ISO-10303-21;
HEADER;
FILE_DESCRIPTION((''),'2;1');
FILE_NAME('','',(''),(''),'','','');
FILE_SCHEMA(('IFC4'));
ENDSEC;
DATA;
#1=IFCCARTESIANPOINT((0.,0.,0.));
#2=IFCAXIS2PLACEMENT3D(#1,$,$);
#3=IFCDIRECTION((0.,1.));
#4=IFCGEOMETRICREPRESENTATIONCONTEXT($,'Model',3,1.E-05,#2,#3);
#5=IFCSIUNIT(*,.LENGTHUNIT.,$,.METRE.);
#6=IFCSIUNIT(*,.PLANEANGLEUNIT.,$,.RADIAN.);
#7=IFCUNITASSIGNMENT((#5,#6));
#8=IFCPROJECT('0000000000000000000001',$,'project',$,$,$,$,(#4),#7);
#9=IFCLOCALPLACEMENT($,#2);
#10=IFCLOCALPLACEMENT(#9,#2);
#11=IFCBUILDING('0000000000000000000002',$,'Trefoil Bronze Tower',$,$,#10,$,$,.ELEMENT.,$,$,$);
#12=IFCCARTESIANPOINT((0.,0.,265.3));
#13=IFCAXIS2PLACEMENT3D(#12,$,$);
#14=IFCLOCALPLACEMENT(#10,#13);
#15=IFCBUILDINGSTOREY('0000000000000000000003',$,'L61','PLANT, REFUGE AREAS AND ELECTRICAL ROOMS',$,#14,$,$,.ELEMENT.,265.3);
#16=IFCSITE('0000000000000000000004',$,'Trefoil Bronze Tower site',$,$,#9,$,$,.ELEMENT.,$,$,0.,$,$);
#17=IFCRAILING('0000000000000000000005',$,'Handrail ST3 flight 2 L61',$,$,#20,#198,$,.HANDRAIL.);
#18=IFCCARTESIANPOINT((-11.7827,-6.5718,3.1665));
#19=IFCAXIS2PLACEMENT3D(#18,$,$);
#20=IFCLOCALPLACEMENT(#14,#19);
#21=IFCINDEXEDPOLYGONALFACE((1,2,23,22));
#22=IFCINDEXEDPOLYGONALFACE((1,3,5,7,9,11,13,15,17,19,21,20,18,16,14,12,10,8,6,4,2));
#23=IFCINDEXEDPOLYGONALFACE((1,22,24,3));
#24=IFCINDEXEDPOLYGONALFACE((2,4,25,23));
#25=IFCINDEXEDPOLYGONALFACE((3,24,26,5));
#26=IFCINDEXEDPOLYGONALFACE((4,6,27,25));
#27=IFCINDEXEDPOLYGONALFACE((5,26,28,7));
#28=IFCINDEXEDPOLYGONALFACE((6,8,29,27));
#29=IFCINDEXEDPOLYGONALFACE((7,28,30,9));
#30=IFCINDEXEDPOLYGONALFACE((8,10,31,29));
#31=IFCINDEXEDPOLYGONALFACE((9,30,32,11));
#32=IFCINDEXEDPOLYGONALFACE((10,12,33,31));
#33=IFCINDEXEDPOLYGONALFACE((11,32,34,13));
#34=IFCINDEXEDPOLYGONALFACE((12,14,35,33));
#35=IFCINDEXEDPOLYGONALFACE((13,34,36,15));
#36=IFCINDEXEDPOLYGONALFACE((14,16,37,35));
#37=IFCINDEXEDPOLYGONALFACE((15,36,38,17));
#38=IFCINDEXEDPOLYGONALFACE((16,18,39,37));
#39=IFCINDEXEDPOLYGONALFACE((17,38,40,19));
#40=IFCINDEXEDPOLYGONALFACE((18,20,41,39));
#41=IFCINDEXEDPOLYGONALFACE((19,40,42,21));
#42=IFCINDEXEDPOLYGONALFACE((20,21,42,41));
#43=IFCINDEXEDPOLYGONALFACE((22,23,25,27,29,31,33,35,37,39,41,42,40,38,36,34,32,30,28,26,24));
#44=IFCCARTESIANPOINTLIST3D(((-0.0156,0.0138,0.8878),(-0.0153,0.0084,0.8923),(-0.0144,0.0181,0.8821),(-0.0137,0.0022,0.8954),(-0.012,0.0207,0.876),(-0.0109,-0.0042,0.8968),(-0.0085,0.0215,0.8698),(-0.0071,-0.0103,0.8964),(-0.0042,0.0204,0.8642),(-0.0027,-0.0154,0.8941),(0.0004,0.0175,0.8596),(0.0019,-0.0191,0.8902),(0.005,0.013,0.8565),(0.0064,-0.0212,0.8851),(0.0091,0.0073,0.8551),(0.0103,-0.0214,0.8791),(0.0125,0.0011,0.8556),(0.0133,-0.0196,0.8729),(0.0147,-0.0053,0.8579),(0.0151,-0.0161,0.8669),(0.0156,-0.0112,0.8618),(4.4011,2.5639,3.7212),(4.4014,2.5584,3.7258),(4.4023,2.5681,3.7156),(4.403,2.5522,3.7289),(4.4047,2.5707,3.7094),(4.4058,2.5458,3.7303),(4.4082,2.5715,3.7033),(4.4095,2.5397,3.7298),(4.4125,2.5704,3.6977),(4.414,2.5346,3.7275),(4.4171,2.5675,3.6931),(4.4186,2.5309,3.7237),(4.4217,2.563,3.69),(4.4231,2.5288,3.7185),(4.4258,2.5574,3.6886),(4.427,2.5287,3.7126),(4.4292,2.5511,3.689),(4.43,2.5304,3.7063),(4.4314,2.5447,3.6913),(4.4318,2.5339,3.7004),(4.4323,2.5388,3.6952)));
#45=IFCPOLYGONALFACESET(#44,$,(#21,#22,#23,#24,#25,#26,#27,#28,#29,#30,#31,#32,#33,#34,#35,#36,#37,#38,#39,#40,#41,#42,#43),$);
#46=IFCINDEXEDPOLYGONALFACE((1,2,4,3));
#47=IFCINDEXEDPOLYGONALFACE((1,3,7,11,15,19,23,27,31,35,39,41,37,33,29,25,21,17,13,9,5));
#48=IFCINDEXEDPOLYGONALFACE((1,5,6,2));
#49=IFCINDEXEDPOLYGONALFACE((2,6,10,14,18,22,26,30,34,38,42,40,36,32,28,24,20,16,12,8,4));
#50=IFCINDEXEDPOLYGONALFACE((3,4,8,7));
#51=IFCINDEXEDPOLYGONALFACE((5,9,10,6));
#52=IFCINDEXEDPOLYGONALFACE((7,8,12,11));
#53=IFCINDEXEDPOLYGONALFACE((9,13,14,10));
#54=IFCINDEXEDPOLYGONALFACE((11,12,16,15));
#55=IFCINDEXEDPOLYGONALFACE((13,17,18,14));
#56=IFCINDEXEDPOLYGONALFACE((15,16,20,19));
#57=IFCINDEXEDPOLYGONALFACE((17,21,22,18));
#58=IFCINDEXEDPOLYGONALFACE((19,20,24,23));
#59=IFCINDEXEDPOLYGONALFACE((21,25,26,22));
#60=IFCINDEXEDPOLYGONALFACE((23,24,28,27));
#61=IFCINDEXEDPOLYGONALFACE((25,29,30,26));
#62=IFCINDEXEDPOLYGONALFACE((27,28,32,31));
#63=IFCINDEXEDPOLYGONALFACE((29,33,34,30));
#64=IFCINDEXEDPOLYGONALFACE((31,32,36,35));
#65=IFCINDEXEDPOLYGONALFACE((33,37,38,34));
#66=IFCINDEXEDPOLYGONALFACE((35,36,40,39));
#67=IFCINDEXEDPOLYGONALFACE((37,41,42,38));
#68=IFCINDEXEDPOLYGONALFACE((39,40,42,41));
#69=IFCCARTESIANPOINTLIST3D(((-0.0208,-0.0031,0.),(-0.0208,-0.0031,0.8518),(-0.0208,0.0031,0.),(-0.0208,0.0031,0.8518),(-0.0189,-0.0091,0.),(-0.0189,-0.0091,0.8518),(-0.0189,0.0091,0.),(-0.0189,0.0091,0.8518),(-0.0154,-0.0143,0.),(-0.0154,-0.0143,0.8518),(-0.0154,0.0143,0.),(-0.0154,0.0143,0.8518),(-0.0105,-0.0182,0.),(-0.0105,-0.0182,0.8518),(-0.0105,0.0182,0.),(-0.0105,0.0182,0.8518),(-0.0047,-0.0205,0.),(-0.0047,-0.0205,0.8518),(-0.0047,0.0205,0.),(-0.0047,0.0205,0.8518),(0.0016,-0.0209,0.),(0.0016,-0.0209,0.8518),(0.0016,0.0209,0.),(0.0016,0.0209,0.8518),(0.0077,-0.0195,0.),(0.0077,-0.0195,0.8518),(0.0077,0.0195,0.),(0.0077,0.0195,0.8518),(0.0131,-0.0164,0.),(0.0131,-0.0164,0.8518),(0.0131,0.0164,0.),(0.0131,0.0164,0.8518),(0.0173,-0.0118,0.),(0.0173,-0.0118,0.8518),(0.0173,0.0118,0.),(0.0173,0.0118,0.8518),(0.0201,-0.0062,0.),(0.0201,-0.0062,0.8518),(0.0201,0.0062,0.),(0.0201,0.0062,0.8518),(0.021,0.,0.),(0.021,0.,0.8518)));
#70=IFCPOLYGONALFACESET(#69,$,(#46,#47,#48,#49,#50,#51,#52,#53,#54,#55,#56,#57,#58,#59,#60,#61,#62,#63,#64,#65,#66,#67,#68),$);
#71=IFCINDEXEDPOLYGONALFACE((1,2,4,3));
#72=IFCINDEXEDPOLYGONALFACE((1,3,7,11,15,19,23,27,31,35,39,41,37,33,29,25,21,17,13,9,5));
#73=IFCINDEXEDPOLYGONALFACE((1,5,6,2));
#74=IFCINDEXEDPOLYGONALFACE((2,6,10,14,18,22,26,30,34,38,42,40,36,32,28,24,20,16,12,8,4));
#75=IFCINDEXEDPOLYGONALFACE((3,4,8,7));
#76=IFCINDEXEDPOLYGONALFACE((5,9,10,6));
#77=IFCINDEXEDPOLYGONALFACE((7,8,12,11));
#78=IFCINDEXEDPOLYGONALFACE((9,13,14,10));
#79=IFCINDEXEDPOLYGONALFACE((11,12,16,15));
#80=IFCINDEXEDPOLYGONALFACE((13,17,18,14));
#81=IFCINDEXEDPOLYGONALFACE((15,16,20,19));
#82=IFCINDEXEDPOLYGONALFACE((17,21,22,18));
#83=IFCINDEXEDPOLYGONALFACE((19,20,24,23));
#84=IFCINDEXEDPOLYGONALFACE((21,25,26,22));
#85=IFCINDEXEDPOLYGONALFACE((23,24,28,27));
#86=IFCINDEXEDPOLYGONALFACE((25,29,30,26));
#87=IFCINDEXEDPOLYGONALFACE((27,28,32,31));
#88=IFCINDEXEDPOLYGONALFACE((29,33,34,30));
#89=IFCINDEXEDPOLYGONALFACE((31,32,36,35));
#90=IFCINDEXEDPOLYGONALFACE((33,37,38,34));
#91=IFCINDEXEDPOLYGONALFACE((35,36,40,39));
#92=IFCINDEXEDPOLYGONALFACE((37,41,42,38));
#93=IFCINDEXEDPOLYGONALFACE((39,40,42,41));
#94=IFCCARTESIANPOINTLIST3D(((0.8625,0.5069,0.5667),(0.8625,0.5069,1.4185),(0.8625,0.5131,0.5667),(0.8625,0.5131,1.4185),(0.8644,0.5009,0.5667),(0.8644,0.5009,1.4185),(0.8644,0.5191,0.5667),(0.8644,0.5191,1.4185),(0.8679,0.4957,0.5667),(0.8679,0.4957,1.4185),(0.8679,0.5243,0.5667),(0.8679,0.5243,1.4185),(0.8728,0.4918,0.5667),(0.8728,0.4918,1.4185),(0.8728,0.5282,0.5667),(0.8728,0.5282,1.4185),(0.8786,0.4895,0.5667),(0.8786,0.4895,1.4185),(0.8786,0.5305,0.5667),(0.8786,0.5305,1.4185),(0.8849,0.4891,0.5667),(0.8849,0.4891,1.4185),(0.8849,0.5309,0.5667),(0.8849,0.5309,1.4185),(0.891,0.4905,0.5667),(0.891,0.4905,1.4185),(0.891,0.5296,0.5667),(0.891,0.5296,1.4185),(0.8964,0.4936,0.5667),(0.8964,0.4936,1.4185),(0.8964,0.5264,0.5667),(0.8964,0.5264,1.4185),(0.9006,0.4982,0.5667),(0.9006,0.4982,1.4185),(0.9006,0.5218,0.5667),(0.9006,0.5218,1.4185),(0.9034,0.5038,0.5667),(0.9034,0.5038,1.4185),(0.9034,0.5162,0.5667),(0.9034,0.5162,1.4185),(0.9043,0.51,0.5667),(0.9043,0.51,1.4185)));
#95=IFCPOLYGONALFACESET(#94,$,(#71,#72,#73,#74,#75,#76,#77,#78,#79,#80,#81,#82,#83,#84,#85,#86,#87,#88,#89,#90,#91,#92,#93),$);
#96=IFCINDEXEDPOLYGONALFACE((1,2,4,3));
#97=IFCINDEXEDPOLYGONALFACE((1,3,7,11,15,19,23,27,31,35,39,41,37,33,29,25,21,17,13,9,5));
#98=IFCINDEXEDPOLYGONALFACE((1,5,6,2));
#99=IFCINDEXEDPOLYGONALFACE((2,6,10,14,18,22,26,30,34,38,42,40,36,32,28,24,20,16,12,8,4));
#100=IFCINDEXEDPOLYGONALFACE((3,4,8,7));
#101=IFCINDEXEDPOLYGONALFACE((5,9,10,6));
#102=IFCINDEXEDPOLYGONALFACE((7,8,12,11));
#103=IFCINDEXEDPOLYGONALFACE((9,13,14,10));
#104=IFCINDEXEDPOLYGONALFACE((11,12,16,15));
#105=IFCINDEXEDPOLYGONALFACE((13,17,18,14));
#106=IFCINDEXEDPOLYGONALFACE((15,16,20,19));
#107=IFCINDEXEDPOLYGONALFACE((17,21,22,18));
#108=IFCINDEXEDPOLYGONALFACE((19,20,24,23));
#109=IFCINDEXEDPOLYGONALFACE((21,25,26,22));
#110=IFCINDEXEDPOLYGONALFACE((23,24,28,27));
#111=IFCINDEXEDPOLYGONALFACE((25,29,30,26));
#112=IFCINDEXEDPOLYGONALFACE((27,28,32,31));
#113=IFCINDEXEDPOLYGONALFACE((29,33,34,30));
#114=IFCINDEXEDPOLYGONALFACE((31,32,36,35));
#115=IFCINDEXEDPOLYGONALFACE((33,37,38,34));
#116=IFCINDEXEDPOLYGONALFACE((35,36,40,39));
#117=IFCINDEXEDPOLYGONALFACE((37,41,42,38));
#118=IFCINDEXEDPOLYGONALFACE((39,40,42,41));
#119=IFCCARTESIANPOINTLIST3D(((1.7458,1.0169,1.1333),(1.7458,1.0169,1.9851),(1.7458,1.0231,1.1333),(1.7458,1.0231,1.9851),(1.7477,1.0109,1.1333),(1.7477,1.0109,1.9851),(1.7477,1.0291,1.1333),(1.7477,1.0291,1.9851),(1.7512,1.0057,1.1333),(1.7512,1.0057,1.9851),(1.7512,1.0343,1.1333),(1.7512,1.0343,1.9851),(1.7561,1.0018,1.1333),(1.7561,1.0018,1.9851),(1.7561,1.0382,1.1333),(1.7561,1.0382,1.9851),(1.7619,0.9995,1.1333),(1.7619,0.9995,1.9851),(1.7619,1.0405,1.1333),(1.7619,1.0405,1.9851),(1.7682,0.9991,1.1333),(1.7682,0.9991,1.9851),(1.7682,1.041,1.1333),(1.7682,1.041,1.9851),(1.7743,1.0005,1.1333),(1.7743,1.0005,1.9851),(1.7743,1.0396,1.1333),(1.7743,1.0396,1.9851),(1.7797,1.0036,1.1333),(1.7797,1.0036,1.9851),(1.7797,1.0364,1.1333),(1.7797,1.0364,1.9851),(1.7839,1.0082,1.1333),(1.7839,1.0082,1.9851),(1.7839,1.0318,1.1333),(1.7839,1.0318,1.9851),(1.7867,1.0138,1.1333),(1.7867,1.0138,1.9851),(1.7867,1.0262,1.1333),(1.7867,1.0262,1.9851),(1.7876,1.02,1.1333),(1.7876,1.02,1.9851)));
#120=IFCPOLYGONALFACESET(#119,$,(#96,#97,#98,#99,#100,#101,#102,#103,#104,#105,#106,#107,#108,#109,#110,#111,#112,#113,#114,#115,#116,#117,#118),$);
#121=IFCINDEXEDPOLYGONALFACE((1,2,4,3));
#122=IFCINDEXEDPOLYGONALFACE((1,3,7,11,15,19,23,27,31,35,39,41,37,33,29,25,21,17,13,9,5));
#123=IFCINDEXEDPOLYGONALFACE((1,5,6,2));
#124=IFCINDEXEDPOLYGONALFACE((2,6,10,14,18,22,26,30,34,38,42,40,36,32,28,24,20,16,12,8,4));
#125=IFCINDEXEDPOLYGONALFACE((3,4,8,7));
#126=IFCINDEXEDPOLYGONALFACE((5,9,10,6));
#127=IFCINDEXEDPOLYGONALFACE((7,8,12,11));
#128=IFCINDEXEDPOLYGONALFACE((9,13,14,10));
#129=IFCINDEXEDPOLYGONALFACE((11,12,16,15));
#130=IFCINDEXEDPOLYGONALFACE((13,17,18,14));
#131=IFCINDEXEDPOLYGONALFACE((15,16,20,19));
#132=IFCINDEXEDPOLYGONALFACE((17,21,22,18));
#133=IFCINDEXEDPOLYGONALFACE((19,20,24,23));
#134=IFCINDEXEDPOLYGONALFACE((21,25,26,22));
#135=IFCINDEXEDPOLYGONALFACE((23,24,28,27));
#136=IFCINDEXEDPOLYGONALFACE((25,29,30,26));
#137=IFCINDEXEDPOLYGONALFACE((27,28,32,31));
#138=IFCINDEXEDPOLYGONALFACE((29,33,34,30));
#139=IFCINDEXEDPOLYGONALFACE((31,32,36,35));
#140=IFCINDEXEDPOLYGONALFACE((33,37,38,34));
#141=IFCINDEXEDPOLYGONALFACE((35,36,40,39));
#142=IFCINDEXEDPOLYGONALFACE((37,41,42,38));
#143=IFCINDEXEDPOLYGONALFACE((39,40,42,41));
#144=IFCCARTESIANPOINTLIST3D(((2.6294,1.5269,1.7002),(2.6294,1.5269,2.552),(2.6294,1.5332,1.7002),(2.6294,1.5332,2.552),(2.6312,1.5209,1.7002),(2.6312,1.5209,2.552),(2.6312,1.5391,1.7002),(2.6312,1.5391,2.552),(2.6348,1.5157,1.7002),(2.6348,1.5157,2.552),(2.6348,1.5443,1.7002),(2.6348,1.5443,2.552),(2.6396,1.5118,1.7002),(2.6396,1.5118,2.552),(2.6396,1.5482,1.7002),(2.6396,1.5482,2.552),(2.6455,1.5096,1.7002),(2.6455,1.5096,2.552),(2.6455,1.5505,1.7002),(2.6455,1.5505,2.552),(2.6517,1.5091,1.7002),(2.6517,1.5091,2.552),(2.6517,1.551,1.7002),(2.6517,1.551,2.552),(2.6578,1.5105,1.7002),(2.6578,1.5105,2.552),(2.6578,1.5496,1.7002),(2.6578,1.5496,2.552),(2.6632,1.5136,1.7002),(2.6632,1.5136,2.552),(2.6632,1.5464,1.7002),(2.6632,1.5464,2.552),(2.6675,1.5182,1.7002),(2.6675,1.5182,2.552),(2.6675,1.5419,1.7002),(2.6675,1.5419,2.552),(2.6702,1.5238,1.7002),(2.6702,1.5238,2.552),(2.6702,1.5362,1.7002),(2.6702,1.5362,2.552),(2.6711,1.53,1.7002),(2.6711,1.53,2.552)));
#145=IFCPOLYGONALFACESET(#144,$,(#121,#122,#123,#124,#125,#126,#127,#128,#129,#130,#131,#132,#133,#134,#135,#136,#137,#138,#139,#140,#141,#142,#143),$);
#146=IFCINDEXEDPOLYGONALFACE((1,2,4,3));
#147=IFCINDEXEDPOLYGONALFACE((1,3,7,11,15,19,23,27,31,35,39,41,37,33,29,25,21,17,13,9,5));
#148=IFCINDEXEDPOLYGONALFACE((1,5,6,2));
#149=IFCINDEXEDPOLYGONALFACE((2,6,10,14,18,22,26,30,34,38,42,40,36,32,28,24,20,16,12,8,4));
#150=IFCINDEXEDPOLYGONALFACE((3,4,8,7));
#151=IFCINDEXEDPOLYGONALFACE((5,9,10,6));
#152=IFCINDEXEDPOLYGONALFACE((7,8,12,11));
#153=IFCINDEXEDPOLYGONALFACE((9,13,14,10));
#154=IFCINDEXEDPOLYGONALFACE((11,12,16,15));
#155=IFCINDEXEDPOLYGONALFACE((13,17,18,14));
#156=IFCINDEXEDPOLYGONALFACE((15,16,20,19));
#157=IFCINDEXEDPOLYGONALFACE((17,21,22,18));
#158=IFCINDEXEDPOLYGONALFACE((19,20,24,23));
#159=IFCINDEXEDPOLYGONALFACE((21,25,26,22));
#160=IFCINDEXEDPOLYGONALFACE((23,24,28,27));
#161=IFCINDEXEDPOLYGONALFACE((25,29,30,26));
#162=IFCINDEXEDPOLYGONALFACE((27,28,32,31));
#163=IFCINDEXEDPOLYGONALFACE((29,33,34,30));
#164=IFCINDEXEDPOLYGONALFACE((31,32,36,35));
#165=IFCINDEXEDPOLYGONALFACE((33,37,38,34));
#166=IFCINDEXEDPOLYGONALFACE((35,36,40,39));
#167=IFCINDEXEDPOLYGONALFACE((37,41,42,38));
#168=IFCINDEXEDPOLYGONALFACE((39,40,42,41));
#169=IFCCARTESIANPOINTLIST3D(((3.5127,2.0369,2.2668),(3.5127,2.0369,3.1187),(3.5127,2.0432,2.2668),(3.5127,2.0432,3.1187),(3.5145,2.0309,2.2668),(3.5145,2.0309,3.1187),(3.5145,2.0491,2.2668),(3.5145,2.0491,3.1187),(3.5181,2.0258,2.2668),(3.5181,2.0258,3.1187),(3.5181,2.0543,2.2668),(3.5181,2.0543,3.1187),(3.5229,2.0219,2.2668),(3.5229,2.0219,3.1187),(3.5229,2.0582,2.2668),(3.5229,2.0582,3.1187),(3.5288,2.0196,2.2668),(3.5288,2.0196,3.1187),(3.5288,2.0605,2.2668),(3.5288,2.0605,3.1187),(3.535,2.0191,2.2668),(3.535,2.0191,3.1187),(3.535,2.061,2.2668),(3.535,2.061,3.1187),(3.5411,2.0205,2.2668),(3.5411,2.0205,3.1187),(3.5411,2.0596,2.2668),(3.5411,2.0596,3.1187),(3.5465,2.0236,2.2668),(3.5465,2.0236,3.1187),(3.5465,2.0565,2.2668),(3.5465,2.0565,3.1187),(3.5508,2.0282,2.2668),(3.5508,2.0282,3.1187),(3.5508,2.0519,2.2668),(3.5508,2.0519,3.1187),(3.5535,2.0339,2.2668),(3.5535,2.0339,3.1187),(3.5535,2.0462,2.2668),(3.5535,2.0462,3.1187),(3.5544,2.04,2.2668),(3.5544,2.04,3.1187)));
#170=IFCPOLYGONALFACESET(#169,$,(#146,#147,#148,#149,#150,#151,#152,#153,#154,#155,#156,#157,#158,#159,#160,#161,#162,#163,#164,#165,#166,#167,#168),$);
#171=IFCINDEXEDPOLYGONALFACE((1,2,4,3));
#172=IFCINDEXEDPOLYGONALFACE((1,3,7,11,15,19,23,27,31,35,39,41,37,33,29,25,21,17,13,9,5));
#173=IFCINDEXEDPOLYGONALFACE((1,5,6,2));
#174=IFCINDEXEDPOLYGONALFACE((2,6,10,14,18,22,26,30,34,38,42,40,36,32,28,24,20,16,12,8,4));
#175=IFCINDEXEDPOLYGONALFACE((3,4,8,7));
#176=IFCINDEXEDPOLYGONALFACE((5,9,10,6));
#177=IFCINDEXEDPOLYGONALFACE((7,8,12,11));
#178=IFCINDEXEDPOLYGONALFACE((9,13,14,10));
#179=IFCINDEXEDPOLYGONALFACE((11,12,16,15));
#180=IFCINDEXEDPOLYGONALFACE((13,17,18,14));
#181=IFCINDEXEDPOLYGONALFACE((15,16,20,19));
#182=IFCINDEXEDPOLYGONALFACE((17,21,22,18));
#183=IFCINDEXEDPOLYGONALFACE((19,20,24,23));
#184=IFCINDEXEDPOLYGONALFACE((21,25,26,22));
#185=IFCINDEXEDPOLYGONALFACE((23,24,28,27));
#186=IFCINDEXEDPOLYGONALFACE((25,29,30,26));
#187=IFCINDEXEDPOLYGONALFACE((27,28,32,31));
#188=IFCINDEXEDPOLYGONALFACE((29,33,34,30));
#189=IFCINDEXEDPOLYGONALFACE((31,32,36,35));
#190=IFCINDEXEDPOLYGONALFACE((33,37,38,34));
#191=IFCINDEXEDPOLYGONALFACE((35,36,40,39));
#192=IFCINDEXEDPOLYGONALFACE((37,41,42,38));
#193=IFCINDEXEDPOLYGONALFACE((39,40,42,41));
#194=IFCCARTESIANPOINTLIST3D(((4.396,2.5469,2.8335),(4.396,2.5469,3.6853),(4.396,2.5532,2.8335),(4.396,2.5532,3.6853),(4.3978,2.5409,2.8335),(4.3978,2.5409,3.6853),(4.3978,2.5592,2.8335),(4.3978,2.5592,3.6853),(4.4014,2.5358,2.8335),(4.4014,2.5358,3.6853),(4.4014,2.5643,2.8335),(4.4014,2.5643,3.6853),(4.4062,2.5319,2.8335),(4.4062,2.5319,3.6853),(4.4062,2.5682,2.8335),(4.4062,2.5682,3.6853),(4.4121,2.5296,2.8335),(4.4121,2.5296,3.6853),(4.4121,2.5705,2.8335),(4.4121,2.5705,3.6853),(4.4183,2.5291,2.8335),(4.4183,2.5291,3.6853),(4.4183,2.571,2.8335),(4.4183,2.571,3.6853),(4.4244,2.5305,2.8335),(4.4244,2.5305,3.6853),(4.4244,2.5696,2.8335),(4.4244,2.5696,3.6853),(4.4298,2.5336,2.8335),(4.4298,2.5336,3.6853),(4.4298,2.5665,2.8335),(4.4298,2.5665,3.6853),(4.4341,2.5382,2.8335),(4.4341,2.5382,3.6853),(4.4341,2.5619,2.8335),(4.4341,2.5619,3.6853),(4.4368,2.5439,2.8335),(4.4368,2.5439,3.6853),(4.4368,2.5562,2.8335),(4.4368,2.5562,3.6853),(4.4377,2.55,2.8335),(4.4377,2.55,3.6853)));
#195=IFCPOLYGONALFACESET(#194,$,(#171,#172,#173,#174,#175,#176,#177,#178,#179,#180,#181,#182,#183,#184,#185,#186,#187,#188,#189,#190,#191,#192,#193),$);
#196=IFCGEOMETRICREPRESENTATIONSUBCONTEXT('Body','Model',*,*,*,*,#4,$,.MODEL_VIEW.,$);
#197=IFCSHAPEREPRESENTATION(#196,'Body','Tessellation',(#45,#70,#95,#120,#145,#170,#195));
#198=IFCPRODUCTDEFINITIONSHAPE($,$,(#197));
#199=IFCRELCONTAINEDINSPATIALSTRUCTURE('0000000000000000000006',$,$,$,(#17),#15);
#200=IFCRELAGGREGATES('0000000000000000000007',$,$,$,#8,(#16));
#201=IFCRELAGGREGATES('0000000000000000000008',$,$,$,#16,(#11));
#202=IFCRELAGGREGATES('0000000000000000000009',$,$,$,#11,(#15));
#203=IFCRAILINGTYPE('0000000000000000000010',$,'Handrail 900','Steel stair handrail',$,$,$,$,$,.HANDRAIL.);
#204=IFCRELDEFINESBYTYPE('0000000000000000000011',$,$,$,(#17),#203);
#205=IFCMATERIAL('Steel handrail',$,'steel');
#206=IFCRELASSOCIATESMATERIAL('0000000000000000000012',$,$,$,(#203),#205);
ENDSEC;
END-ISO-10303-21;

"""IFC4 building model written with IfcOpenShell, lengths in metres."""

from ifc_helpers import new_model, si_unit, direction, frame, origin, origin_2d, place, context, subcontext, project, spatial, circle, extrude, material, type_object, element, save


model = new_model("IFC4")

# Units and contexts
model_context = context("Model", 3, precision=1e-05, world=origin(), true_north=direction((0.0, 1.0)))
body_context = subcontext(model_context, "Body", "Model", "MODEL_VIEW")
ifc_project = project(units=[si_unit("LENGTHUNIT", "METRE"), si_unit("PLANEANGLEUNIT", "RADIAN")], contexts=[model_context])

# Site, building, storey
site_placement = place(None, origin())
site = spatial("IfcSite", under=ifc_project, at=site_placement, Name="Trefoil Bronze Tower site", CompositionType="ELEMENT", RefElevation=0.0)
building_placement = place(site_placement, origin())
building = spatial("IfcBuilding", under=site, at=building_placement, Name="Trefoil Bronze Tower", CompositionType="ELEMENT")
storey_placement = place(building_placement, frame((0.0, 0.0, 265.3)))
storey = spatial("IfcBuildingStorey", under=building, at=storey_placement, Name="L61", Description="PLANT, REFUGE AREAS AND ELECTRICAL ROOMS", CompositionType="ELEMENT", Elevation=265.3)

# Railing
ifc_material_1 = material(Name="Steel handrail", Category="steel")
railing_type = type_object("IfcRailingType", Name="Handrail 900", Description="Steel stair handrail", PredefinedType="HANDRAIL", material=ifc_material_1)
railing_1_placement = place(storey_placement, frame((-11.7827, -6.5718, 3.1665)))
element("IfcRailing", 1, at=railing_1_placement, inside=storey, type_object=railing_type, Name="Handrail ST3 flight 2 L61", PredefinedType="HANDRAIL", context=body_context, shape_type="SweptSolid", body=[
    extrude(circle(Radius=0.0239, at=origin_2d()), frame((0.0, 0.0, 0.876), z_axis=(0.757031, 0.437078, 0.485661), x_axis=(-0.500006, 0.866022, 0.0)), (0.0, 0.0, 1.0), 5.8342),
    extrude(circle(Radius=0.021, at=origin_2d()), origin(), (0.0, 0.0, 1.0), 0.8518),
    extrude(circle(Radius=0.021, at=origin_2d()), frame((0.8833, 0.51, 0.5667)), (0.0, 0.0, 1.0), 0.8518),
    extrude(circle(Radius=0.021, at=origin_2d()), frame((1.7666, 1.02, 1.1333)), (0.0, 0.0, 1.0), 0.8518),
    extrude(circle(Radius=0.021, at=origin_2d()), frame((2.6501, 1.53, 1.7002)), (0.0, 0.0, 1.0), 0.8518),
    extrude(circle(Radius=0.021, at=origin_2d()), frame((3.5334, 2.04, 2.2668)), (0.0, 0.0, 1.0), 0.8518),
    extrude(circle(Radius=0.021, at=origin_2d()), frame((4.4167, 2.55, 2.8335)), (0.0, 0.0, 1.0), 0.8518),
])

save(model, "model.ifc")
